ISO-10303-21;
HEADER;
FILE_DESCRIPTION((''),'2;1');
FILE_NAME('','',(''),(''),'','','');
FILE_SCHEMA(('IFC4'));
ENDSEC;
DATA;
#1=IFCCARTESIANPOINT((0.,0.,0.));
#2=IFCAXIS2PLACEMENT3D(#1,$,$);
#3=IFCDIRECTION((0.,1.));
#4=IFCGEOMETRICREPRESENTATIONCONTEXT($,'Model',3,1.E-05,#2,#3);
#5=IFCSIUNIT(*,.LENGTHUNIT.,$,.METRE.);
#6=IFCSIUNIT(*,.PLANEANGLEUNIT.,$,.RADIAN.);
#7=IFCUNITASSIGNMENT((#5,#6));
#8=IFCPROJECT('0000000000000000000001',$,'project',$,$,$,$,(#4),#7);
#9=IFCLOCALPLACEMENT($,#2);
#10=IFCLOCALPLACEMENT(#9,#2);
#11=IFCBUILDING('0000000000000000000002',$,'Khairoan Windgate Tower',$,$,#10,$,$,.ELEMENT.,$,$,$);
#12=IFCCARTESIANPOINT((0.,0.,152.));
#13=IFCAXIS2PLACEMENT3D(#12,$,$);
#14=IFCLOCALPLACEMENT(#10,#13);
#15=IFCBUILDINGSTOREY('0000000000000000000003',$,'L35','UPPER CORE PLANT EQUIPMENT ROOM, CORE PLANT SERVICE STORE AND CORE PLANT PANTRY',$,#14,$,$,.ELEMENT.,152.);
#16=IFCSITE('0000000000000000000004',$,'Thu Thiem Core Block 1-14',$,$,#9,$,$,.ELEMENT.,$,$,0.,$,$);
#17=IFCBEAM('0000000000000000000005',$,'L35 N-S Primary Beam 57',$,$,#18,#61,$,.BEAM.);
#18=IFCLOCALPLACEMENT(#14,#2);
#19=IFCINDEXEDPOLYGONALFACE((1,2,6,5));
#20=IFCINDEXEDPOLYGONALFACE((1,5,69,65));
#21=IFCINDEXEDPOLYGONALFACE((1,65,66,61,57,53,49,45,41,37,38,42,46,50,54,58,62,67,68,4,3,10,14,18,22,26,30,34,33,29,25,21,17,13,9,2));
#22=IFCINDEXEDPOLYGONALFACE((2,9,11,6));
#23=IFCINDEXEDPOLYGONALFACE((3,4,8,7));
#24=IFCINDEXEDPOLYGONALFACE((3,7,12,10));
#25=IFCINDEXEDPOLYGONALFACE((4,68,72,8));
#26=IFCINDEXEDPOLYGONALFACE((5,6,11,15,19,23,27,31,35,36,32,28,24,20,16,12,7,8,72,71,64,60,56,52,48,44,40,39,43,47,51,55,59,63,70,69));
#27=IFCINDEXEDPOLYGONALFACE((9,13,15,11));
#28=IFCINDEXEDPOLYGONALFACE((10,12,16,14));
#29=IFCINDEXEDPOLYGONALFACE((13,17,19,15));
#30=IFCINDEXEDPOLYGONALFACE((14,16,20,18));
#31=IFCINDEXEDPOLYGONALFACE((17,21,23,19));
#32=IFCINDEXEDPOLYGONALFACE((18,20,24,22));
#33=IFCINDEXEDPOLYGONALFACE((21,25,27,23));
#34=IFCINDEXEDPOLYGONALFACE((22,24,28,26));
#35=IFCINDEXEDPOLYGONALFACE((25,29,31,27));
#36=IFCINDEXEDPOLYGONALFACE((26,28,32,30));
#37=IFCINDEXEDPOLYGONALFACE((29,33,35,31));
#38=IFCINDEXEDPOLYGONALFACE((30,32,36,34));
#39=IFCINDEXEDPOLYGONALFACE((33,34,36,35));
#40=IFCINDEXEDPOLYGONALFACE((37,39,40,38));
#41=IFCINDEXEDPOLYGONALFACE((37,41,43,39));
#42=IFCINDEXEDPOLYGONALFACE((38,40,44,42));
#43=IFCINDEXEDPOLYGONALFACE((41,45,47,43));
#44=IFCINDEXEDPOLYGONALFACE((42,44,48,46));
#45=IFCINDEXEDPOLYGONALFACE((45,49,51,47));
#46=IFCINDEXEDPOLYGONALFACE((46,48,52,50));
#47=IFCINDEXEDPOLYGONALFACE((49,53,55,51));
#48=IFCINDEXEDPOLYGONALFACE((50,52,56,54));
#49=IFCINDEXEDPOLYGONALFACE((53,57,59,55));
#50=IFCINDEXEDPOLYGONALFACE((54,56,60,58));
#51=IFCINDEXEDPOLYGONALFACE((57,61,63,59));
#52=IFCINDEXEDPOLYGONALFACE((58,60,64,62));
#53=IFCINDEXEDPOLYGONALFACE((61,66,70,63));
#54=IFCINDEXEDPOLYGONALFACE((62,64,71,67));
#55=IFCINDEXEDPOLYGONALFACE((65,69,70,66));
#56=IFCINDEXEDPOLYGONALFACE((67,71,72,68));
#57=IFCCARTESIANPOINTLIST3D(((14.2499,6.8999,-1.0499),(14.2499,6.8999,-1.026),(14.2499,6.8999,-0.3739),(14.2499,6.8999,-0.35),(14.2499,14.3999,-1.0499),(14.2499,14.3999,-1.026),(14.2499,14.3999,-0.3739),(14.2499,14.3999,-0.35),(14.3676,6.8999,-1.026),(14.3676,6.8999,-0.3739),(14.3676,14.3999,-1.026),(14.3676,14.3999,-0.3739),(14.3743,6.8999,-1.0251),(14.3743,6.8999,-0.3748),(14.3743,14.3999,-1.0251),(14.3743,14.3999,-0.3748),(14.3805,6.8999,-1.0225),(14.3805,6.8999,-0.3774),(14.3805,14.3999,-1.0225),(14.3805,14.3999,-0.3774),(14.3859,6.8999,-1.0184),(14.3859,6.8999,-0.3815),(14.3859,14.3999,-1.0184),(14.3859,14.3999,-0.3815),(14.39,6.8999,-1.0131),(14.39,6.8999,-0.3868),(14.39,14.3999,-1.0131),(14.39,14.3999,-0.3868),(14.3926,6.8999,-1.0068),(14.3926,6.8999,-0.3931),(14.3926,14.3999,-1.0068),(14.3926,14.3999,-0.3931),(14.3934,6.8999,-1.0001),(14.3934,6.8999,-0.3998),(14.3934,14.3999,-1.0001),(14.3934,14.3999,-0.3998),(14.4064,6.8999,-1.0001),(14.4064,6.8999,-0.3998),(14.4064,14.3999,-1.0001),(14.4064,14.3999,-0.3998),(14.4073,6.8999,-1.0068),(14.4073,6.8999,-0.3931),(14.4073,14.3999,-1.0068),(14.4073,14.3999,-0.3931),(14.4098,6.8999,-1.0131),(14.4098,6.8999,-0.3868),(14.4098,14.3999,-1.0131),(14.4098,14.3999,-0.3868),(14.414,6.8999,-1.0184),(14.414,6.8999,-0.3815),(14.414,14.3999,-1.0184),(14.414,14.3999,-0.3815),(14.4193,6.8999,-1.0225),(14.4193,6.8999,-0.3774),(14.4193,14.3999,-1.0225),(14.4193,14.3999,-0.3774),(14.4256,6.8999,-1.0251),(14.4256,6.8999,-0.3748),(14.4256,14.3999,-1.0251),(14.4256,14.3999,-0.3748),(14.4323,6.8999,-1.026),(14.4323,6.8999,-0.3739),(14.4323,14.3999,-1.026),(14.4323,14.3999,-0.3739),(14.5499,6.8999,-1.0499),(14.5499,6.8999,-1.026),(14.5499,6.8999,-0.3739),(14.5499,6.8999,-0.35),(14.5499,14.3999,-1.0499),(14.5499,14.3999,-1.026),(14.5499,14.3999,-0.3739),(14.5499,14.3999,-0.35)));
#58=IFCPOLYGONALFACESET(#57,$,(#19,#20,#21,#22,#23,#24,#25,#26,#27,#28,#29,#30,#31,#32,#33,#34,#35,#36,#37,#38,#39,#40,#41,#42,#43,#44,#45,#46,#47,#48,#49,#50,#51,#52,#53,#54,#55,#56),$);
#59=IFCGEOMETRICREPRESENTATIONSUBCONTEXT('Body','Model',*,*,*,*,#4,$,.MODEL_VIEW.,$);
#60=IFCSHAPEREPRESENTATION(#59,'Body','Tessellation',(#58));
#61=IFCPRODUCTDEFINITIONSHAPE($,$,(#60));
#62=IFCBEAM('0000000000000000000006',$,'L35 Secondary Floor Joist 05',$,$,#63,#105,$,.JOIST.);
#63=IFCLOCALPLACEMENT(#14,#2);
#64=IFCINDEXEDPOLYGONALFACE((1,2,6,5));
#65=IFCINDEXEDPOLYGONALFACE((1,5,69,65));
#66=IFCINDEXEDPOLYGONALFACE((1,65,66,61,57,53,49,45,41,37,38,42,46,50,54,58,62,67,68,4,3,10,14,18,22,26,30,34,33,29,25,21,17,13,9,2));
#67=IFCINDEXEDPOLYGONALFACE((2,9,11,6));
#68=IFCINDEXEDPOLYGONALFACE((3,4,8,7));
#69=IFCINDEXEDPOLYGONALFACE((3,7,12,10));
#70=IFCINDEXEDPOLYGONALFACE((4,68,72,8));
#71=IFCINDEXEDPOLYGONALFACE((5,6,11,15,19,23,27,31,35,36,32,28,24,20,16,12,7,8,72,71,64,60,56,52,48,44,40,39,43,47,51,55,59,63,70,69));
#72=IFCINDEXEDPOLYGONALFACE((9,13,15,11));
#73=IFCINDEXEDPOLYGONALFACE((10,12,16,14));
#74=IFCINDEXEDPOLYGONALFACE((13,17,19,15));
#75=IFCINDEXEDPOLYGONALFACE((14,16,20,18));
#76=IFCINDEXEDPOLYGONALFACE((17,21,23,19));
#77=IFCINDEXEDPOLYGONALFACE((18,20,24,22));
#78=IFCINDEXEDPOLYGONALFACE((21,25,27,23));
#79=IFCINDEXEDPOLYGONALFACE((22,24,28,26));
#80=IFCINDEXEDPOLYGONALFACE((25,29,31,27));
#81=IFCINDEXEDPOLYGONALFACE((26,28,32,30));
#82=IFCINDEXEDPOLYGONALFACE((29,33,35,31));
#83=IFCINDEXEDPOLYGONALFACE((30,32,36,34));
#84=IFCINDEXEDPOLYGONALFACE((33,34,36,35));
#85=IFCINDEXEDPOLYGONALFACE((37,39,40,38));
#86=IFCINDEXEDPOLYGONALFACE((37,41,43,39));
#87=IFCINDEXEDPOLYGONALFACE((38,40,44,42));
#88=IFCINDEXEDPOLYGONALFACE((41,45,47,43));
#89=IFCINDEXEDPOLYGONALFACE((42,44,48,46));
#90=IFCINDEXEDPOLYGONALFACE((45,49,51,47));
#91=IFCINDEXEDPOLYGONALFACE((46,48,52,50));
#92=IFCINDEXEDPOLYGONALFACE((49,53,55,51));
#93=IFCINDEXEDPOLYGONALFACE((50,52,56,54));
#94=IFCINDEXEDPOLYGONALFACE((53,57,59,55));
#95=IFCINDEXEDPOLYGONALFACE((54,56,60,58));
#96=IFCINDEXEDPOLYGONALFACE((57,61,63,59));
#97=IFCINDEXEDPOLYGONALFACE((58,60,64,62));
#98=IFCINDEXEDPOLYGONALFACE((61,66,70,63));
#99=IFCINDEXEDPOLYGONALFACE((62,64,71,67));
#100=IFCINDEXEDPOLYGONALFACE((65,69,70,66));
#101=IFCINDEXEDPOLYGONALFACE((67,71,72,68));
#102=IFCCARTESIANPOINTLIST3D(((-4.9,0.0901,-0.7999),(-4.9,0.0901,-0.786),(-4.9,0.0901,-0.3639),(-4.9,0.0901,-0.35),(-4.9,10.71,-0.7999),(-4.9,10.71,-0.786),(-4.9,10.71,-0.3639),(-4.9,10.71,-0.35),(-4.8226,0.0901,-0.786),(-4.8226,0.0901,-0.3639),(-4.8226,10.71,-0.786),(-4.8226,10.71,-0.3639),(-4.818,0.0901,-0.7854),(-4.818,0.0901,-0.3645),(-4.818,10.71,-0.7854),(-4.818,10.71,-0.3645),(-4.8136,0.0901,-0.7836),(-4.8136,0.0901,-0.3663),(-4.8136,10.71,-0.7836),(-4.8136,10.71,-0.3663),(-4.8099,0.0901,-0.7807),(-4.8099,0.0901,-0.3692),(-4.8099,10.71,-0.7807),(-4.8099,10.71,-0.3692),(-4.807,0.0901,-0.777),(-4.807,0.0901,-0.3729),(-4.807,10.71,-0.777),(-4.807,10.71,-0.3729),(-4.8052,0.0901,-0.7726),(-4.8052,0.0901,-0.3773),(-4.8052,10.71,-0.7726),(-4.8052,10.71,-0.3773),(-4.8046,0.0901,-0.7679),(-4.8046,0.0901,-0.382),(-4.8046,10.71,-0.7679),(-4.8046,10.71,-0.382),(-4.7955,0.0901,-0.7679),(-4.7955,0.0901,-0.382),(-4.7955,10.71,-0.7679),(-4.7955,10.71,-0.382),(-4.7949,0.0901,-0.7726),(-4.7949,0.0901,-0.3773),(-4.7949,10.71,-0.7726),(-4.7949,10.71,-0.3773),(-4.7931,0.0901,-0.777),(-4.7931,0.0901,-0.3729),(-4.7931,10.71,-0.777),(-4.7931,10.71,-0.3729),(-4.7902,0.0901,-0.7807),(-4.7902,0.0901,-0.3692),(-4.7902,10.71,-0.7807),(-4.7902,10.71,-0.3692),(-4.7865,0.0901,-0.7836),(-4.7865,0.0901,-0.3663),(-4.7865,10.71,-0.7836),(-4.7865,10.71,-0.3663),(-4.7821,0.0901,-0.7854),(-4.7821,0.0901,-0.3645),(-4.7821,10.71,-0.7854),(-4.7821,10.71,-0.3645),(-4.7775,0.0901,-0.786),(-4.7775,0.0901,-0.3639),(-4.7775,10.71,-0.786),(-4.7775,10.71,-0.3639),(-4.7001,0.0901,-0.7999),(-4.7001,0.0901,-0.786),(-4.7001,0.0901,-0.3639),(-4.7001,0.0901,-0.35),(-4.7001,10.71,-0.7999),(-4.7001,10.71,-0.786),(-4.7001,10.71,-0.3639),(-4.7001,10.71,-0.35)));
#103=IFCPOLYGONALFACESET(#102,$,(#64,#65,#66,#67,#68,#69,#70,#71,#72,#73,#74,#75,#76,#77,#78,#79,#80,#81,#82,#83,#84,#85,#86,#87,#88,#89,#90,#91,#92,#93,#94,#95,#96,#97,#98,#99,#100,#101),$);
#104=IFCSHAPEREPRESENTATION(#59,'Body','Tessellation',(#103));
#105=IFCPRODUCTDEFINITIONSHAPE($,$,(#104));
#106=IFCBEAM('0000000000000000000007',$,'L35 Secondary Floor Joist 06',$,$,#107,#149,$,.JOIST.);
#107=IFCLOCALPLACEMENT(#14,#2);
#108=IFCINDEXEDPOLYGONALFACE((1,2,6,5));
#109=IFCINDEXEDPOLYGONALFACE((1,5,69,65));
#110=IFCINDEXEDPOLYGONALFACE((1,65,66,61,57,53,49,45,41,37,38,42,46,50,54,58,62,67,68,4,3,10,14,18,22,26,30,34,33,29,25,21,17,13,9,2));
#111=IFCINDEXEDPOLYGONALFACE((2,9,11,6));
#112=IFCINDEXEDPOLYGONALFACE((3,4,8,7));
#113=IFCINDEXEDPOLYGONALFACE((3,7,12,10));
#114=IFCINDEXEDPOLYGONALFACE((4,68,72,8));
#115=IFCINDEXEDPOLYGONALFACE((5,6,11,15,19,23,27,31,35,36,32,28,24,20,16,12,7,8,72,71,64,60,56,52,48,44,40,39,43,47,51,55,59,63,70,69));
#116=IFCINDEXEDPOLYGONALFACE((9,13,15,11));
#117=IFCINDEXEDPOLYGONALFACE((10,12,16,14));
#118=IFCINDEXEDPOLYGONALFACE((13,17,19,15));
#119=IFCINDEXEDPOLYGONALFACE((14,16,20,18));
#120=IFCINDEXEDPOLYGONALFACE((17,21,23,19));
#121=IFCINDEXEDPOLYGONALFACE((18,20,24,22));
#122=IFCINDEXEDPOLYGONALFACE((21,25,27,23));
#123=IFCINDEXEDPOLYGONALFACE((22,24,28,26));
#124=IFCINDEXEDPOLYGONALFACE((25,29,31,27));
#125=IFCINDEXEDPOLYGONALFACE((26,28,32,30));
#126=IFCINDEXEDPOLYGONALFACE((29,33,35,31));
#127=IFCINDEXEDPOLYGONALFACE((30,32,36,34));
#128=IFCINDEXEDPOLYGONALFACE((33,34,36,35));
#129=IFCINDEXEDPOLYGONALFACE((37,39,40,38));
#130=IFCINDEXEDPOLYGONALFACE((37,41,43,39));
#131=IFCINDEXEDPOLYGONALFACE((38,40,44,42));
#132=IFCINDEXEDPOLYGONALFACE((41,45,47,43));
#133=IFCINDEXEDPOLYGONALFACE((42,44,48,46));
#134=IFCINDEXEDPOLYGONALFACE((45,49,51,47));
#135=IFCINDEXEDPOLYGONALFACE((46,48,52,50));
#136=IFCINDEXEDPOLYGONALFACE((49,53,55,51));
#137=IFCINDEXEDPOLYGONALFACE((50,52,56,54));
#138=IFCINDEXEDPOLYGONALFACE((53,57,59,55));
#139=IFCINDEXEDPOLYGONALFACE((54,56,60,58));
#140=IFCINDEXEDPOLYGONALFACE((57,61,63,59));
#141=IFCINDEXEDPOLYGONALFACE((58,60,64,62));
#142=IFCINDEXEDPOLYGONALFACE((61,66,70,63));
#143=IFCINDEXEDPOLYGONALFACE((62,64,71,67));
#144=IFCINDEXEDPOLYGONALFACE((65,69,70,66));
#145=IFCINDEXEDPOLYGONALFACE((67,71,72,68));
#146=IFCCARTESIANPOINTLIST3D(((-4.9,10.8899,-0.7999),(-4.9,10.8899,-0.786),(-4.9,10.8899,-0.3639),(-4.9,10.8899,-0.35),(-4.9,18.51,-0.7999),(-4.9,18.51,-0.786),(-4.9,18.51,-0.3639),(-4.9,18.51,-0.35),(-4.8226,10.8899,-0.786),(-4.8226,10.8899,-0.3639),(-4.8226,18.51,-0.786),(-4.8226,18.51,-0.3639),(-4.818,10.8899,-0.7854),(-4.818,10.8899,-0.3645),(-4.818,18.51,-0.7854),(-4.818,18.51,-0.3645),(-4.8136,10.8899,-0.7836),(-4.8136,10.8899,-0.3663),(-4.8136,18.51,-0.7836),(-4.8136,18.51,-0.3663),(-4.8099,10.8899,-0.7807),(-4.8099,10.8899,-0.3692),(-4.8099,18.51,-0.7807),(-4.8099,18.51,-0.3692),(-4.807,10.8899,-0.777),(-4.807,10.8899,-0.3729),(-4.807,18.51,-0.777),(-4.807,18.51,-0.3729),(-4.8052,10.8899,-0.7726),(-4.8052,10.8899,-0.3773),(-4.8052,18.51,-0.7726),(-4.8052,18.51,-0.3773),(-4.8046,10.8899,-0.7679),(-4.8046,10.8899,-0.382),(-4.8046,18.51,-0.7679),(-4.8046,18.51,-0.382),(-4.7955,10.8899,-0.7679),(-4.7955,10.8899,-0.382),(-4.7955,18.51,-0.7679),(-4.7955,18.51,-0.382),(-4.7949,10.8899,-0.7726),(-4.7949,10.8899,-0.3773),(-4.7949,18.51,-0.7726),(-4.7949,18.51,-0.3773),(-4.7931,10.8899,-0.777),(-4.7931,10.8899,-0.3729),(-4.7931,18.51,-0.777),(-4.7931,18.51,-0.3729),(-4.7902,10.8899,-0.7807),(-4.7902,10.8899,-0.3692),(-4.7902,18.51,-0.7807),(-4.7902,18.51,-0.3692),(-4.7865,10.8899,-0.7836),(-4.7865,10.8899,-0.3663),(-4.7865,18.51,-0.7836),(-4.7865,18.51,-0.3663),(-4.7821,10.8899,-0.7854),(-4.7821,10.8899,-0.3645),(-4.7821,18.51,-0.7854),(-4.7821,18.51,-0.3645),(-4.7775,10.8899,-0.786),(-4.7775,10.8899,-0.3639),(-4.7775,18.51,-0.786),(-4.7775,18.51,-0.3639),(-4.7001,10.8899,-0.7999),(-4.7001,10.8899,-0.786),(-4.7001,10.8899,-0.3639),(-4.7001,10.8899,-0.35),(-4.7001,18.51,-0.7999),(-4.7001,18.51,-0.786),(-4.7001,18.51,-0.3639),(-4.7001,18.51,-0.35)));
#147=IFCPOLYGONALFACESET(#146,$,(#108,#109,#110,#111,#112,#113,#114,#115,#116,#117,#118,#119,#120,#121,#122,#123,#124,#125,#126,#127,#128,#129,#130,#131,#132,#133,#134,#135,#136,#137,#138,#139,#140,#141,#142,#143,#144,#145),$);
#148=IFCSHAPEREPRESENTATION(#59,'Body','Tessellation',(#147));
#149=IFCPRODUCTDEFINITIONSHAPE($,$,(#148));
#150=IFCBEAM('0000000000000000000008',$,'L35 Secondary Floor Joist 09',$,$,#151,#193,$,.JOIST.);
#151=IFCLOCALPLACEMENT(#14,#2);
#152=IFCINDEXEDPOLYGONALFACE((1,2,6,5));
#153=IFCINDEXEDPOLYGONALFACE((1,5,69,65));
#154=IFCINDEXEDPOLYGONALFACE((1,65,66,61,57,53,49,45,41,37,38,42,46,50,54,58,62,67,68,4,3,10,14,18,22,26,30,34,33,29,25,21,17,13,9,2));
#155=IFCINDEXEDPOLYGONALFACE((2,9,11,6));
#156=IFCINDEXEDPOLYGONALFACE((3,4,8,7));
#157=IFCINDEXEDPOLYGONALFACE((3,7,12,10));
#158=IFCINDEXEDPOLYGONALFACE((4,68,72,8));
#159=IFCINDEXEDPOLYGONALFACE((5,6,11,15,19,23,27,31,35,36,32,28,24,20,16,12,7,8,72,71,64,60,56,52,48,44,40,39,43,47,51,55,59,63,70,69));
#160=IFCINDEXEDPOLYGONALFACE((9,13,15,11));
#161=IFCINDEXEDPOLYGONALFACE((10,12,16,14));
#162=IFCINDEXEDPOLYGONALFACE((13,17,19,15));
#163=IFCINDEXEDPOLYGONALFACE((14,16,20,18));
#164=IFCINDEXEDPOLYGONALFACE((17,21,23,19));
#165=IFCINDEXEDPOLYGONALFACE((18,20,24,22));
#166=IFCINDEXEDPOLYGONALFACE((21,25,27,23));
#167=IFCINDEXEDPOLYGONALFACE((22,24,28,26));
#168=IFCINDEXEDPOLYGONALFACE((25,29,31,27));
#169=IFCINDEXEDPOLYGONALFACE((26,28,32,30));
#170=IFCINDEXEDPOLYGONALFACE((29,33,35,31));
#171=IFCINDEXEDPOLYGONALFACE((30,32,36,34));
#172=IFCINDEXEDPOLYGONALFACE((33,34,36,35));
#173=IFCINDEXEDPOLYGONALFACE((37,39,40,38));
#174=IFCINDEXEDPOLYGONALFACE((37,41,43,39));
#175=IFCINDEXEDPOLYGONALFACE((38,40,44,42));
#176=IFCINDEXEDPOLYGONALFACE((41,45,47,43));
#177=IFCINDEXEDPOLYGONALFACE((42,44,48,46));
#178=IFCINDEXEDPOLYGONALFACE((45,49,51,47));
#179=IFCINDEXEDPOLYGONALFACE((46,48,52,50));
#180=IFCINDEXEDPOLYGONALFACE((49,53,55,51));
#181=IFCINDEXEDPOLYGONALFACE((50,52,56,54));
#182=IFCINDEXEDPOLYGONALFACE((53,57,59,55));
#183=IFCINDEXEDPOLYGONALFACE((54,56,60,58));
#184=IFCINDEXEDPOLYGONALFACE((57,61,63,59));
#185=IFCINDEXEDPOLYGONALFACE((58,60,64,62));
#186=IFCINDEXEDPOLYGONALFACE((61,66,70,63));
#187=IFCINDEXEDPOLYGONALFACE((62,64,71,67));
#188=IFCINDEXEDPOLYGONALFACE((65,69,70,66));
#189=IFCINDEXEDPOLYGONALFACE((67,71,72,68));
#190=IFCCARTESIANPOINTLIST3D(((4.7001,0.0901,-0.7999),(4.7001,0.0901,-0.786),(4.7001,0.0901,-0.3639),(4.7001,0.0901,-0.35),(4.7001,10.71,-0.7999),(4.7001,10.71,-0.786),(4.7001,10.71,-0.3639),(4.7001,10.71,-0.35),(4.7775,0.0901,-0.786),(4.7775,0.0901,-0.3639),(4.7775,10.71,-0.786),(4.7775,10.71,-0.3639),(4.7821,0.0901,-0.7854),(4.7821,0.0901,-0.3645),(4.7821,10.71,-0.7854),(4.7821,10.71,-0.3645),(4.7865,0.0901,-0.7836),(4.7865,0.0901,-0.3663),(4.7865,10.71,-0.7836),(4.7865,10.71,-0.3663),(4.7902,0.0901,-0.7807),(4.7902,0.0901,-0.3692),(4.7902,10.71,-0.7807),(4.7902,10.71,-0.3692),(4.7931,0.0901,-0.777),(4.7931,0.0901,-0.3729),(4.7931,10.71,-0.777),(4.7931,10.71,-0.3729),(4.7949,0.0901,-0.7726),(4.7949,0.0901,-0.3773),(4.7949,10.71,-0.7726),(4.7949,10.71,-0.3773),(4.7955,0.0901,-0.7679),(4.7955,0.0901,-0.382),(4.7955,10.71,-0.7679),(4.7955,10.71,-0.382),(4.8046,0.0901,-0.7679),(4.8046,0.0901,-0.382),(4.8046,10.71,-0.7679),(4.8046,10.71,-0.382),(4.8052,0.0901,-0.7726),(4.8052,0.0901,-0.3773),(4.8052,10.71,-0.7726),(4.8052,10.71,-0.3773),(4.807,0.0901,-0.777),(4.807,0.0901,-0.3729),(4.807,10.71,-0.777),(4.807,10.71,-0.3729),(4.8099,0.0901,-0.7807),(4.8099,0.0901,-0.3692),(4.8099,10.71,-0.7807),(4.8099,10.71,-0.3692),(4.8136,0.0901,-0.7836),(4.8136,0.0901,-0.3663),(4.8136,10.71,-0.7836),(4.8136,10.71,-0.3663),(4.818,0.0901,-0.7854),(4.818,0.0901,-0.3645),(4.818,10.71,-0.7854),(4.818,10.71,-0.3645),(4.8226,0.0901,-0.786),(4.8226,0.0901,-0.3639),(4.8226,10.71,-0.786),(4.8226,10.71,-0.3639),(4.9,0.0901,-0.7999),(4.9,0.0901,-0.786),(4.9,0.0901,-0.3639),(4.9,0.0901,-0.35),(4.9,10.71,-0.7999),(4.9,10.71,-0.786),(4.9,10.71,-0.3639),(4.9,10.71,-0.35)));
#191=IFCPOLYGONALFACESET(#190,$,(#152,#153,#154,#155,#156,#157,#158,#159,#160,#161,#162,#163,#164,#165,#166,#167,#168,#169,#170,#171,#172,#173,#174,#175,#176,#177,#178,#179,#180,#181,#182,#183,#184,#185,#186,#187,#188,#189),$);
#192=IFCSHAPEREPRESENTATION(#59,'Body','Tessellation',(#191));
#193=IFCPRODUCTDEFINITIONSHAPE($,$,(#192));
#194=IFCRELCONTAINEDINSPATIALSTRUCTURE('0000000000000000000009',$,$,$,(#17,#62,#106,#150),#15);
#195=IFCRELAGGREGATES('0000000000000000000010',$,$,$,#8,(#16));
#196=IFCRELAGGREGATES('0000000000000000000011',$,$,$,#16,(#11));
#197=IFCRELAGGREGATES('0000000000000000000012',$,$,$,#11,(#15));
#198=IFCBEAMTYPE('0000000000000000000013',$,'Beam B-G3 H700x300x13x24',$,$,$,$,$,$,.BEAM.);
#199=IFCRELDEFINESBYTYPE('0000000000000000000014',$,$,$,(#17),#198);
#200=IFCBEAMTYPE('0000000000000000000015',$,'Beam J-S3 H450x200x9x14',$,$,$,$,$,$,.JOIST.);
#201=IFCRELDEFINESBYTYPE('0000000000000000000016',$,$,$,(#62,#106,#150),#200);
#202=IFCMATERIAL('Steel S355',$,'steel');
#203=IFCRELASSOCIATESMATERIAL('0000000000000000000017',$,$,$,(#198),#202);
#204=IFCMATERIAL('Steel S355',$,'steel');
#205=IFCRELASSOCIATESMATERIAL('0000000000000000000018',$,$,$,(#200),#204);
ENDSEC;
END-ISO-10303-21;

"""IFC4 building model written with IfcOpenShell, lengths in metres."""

from ifc_helpers import new_model, si_unit, direction, frame, origin, origin_2d, place, context, subcontext, project, spatial, i_section, extrude, material, material_profile, profile_set, type_object, element, save


model = new_model("IFC4")

# Units and contexts
model_context = context("Model", 3, precision=1e-05, world=origin(), true_north=direction((0.0, 1.0)))
body_context = subcontext(model_context, "Body", "Model", "MODEL_VIEW")
ifc_project = project(units=[si_unit("LENGTHUNIT", "METRE"), si_unit("PLANEANGLEUNIT", "RADIAN")], contexts=[model_context])

# Site, building, storey
site_placement = place(None, origin())
site = spatial("IfcSite", under=ifc_project, at=site_placement, Name="Thu Thiem Core Block 1-14", CompositionType="ELEMENT", RefElevation=0.0)
building_placement = place(site_placement, origin())
building = spatial("IfcBuilding", under=site, at=building_placement, Name="Khairoan Windgate Tower", CompositionType="ELEMENT")
storey_placement = place(building_placement, frame((0.0, 0.0, 152.0)))
storey = spatial("IfcBuildingStorey", under=building, at=storey_placement, Name="L35", Description="UPPER CORE PLANT EQUIPMENT ROOM, CORE PLANT SERVICE STORE AND CORE PLANT PANTRY", CompositionType="ELEMENT", Elevation=152.0)

# Beams
ifc_material_1 = material(Name="Steel S355", Category="steel")
ifc_material_profile_1 = material_profile(ifc_material_1, i_section(OverallWidth=0.3, OverallDepth=0.7, WebThickness=0.0129, FlangeThickness=0.0239, FilletRadius=0.0259, at=origin_2d()))
ifc_profile_set_1 = profile_set([ifc_material_profile_1], Name="Steel S355")
beam_type_1 = type_object("IfcBeamType", Name="Beam B-G3 H700x300x13x24", PredefinedType="BEAM", material=ifc_profile_set_1)
beam_1_placement = place(storey_placement, frame((14.3999, 6.8999, -0.7), z_axis=(0.0, 1.0, 0.0), x_axis=(-1.0, 0.0, 0.0)))
element("IfcBeam", 1, at=beam_1_placement, inside=storey, type_object=beam_type_1, Name="L35 N-S Primary Beam 57", PredefinedType="BEAM", context=body_context, shape_type="SweptSolid", body=[
    extrude(i_section(OverallWidth=0.3, OverallDepth=0.7, WebThickness=0.0129, FlangeThickness=0.0239, FilletRadius=0.0259, at=origin_2d()), origin(), (0.0, 0.0, 1.0), 7.5),
])
ifc_material_2 = material(Name="Steel S355", Category="steel")
ifc_material_profile_2 = material_profile(ifc_material_2, i_section(OverallWidth=0.2, OverallDepth=0.45, WebThickness=0.009, FlangeThickness=0.0139, FilletRadius=0.0181, at=origin_2d()))
ifc_profile_set_2 = profile_set([ifc_material_profile_2], Name="Steel S355")
beam_type_2 = type_object("IfcBeamType", Name="Beam J-S3 H450x200x9x14", PredefinedType="JOIST", material=ifc_profile_set_2)
beam_2_placement = place(storey_placement, frame((-4.8, 0.0901, -0.575), z_axis=(0.0, 1.0, 0.0), x_axis=(-1.0, 0.0, 0.0)))
element("IfcBeam", 2, at=beam_2_placement, inside=storey, type_object=beam_type_2, Name="L35 Secondary Floor Joist 05", PredefinedType="JOIST", context=body_context, shape_type="SweptSolid", body=[
    extrude(i_section(OverallWidth=0.2, OverallDepth=0.45, WebThickness=0.009, FlangeThickness=0.0139, FilletRadius=0.0181, at=origin_2d()), origin(), (0.0, 0.0, 1.0), 10.6199),
])
beam_3_placement = place(storey_placement, frame((-4.8, 10.8899, -0.575), z_axis=(0.0, 1.0, 0.0), x_axis=(-1.0, 0.0, 0.0)))
element("IfcBeam", 3, at=beam_3_placement, inside=storey, type_object=beam_type_2, Name="L35 Secondary Floor Joist 06", PredefinedType="JOIST", context=body_context, shape_type="SweptSolid", body=[
    extrude(i_section(OverallWidth=0.2, OverallDepth=0.45, WebThickness=0.009, FlangeThickness=0.0139, FilletRadius=0.0181, at=origin_2d()), origin(), (0.0, 0.0, 1.0), 7.6201),
])
beam_4_placement = place(storey_placement, frame((4.8, 0.0901, -0.575), z_axis=(0.0, 1.0, 0.0), x_axis=(-1.0, 0.0, 0.0)))
element("IfcBeam", 4, at=beam_4_placement, inside=storey, type_object=beam_type_2, Name="L35 Secondary Floor Joist 09", PredefinedType="JOIST", context=body_context, shape_type="SweptSolid", body=[
    extrude(i_section(OverallWidth=0.2, OverallDepth=0.45, WebThickness=0.009, FlangeThickness=0.0139, FilletRadius=0.0181, at=origin_2d()), origin(), (0.0, 0.0, 1.0), 10.6199),
])

save(model, "model.ifc")
